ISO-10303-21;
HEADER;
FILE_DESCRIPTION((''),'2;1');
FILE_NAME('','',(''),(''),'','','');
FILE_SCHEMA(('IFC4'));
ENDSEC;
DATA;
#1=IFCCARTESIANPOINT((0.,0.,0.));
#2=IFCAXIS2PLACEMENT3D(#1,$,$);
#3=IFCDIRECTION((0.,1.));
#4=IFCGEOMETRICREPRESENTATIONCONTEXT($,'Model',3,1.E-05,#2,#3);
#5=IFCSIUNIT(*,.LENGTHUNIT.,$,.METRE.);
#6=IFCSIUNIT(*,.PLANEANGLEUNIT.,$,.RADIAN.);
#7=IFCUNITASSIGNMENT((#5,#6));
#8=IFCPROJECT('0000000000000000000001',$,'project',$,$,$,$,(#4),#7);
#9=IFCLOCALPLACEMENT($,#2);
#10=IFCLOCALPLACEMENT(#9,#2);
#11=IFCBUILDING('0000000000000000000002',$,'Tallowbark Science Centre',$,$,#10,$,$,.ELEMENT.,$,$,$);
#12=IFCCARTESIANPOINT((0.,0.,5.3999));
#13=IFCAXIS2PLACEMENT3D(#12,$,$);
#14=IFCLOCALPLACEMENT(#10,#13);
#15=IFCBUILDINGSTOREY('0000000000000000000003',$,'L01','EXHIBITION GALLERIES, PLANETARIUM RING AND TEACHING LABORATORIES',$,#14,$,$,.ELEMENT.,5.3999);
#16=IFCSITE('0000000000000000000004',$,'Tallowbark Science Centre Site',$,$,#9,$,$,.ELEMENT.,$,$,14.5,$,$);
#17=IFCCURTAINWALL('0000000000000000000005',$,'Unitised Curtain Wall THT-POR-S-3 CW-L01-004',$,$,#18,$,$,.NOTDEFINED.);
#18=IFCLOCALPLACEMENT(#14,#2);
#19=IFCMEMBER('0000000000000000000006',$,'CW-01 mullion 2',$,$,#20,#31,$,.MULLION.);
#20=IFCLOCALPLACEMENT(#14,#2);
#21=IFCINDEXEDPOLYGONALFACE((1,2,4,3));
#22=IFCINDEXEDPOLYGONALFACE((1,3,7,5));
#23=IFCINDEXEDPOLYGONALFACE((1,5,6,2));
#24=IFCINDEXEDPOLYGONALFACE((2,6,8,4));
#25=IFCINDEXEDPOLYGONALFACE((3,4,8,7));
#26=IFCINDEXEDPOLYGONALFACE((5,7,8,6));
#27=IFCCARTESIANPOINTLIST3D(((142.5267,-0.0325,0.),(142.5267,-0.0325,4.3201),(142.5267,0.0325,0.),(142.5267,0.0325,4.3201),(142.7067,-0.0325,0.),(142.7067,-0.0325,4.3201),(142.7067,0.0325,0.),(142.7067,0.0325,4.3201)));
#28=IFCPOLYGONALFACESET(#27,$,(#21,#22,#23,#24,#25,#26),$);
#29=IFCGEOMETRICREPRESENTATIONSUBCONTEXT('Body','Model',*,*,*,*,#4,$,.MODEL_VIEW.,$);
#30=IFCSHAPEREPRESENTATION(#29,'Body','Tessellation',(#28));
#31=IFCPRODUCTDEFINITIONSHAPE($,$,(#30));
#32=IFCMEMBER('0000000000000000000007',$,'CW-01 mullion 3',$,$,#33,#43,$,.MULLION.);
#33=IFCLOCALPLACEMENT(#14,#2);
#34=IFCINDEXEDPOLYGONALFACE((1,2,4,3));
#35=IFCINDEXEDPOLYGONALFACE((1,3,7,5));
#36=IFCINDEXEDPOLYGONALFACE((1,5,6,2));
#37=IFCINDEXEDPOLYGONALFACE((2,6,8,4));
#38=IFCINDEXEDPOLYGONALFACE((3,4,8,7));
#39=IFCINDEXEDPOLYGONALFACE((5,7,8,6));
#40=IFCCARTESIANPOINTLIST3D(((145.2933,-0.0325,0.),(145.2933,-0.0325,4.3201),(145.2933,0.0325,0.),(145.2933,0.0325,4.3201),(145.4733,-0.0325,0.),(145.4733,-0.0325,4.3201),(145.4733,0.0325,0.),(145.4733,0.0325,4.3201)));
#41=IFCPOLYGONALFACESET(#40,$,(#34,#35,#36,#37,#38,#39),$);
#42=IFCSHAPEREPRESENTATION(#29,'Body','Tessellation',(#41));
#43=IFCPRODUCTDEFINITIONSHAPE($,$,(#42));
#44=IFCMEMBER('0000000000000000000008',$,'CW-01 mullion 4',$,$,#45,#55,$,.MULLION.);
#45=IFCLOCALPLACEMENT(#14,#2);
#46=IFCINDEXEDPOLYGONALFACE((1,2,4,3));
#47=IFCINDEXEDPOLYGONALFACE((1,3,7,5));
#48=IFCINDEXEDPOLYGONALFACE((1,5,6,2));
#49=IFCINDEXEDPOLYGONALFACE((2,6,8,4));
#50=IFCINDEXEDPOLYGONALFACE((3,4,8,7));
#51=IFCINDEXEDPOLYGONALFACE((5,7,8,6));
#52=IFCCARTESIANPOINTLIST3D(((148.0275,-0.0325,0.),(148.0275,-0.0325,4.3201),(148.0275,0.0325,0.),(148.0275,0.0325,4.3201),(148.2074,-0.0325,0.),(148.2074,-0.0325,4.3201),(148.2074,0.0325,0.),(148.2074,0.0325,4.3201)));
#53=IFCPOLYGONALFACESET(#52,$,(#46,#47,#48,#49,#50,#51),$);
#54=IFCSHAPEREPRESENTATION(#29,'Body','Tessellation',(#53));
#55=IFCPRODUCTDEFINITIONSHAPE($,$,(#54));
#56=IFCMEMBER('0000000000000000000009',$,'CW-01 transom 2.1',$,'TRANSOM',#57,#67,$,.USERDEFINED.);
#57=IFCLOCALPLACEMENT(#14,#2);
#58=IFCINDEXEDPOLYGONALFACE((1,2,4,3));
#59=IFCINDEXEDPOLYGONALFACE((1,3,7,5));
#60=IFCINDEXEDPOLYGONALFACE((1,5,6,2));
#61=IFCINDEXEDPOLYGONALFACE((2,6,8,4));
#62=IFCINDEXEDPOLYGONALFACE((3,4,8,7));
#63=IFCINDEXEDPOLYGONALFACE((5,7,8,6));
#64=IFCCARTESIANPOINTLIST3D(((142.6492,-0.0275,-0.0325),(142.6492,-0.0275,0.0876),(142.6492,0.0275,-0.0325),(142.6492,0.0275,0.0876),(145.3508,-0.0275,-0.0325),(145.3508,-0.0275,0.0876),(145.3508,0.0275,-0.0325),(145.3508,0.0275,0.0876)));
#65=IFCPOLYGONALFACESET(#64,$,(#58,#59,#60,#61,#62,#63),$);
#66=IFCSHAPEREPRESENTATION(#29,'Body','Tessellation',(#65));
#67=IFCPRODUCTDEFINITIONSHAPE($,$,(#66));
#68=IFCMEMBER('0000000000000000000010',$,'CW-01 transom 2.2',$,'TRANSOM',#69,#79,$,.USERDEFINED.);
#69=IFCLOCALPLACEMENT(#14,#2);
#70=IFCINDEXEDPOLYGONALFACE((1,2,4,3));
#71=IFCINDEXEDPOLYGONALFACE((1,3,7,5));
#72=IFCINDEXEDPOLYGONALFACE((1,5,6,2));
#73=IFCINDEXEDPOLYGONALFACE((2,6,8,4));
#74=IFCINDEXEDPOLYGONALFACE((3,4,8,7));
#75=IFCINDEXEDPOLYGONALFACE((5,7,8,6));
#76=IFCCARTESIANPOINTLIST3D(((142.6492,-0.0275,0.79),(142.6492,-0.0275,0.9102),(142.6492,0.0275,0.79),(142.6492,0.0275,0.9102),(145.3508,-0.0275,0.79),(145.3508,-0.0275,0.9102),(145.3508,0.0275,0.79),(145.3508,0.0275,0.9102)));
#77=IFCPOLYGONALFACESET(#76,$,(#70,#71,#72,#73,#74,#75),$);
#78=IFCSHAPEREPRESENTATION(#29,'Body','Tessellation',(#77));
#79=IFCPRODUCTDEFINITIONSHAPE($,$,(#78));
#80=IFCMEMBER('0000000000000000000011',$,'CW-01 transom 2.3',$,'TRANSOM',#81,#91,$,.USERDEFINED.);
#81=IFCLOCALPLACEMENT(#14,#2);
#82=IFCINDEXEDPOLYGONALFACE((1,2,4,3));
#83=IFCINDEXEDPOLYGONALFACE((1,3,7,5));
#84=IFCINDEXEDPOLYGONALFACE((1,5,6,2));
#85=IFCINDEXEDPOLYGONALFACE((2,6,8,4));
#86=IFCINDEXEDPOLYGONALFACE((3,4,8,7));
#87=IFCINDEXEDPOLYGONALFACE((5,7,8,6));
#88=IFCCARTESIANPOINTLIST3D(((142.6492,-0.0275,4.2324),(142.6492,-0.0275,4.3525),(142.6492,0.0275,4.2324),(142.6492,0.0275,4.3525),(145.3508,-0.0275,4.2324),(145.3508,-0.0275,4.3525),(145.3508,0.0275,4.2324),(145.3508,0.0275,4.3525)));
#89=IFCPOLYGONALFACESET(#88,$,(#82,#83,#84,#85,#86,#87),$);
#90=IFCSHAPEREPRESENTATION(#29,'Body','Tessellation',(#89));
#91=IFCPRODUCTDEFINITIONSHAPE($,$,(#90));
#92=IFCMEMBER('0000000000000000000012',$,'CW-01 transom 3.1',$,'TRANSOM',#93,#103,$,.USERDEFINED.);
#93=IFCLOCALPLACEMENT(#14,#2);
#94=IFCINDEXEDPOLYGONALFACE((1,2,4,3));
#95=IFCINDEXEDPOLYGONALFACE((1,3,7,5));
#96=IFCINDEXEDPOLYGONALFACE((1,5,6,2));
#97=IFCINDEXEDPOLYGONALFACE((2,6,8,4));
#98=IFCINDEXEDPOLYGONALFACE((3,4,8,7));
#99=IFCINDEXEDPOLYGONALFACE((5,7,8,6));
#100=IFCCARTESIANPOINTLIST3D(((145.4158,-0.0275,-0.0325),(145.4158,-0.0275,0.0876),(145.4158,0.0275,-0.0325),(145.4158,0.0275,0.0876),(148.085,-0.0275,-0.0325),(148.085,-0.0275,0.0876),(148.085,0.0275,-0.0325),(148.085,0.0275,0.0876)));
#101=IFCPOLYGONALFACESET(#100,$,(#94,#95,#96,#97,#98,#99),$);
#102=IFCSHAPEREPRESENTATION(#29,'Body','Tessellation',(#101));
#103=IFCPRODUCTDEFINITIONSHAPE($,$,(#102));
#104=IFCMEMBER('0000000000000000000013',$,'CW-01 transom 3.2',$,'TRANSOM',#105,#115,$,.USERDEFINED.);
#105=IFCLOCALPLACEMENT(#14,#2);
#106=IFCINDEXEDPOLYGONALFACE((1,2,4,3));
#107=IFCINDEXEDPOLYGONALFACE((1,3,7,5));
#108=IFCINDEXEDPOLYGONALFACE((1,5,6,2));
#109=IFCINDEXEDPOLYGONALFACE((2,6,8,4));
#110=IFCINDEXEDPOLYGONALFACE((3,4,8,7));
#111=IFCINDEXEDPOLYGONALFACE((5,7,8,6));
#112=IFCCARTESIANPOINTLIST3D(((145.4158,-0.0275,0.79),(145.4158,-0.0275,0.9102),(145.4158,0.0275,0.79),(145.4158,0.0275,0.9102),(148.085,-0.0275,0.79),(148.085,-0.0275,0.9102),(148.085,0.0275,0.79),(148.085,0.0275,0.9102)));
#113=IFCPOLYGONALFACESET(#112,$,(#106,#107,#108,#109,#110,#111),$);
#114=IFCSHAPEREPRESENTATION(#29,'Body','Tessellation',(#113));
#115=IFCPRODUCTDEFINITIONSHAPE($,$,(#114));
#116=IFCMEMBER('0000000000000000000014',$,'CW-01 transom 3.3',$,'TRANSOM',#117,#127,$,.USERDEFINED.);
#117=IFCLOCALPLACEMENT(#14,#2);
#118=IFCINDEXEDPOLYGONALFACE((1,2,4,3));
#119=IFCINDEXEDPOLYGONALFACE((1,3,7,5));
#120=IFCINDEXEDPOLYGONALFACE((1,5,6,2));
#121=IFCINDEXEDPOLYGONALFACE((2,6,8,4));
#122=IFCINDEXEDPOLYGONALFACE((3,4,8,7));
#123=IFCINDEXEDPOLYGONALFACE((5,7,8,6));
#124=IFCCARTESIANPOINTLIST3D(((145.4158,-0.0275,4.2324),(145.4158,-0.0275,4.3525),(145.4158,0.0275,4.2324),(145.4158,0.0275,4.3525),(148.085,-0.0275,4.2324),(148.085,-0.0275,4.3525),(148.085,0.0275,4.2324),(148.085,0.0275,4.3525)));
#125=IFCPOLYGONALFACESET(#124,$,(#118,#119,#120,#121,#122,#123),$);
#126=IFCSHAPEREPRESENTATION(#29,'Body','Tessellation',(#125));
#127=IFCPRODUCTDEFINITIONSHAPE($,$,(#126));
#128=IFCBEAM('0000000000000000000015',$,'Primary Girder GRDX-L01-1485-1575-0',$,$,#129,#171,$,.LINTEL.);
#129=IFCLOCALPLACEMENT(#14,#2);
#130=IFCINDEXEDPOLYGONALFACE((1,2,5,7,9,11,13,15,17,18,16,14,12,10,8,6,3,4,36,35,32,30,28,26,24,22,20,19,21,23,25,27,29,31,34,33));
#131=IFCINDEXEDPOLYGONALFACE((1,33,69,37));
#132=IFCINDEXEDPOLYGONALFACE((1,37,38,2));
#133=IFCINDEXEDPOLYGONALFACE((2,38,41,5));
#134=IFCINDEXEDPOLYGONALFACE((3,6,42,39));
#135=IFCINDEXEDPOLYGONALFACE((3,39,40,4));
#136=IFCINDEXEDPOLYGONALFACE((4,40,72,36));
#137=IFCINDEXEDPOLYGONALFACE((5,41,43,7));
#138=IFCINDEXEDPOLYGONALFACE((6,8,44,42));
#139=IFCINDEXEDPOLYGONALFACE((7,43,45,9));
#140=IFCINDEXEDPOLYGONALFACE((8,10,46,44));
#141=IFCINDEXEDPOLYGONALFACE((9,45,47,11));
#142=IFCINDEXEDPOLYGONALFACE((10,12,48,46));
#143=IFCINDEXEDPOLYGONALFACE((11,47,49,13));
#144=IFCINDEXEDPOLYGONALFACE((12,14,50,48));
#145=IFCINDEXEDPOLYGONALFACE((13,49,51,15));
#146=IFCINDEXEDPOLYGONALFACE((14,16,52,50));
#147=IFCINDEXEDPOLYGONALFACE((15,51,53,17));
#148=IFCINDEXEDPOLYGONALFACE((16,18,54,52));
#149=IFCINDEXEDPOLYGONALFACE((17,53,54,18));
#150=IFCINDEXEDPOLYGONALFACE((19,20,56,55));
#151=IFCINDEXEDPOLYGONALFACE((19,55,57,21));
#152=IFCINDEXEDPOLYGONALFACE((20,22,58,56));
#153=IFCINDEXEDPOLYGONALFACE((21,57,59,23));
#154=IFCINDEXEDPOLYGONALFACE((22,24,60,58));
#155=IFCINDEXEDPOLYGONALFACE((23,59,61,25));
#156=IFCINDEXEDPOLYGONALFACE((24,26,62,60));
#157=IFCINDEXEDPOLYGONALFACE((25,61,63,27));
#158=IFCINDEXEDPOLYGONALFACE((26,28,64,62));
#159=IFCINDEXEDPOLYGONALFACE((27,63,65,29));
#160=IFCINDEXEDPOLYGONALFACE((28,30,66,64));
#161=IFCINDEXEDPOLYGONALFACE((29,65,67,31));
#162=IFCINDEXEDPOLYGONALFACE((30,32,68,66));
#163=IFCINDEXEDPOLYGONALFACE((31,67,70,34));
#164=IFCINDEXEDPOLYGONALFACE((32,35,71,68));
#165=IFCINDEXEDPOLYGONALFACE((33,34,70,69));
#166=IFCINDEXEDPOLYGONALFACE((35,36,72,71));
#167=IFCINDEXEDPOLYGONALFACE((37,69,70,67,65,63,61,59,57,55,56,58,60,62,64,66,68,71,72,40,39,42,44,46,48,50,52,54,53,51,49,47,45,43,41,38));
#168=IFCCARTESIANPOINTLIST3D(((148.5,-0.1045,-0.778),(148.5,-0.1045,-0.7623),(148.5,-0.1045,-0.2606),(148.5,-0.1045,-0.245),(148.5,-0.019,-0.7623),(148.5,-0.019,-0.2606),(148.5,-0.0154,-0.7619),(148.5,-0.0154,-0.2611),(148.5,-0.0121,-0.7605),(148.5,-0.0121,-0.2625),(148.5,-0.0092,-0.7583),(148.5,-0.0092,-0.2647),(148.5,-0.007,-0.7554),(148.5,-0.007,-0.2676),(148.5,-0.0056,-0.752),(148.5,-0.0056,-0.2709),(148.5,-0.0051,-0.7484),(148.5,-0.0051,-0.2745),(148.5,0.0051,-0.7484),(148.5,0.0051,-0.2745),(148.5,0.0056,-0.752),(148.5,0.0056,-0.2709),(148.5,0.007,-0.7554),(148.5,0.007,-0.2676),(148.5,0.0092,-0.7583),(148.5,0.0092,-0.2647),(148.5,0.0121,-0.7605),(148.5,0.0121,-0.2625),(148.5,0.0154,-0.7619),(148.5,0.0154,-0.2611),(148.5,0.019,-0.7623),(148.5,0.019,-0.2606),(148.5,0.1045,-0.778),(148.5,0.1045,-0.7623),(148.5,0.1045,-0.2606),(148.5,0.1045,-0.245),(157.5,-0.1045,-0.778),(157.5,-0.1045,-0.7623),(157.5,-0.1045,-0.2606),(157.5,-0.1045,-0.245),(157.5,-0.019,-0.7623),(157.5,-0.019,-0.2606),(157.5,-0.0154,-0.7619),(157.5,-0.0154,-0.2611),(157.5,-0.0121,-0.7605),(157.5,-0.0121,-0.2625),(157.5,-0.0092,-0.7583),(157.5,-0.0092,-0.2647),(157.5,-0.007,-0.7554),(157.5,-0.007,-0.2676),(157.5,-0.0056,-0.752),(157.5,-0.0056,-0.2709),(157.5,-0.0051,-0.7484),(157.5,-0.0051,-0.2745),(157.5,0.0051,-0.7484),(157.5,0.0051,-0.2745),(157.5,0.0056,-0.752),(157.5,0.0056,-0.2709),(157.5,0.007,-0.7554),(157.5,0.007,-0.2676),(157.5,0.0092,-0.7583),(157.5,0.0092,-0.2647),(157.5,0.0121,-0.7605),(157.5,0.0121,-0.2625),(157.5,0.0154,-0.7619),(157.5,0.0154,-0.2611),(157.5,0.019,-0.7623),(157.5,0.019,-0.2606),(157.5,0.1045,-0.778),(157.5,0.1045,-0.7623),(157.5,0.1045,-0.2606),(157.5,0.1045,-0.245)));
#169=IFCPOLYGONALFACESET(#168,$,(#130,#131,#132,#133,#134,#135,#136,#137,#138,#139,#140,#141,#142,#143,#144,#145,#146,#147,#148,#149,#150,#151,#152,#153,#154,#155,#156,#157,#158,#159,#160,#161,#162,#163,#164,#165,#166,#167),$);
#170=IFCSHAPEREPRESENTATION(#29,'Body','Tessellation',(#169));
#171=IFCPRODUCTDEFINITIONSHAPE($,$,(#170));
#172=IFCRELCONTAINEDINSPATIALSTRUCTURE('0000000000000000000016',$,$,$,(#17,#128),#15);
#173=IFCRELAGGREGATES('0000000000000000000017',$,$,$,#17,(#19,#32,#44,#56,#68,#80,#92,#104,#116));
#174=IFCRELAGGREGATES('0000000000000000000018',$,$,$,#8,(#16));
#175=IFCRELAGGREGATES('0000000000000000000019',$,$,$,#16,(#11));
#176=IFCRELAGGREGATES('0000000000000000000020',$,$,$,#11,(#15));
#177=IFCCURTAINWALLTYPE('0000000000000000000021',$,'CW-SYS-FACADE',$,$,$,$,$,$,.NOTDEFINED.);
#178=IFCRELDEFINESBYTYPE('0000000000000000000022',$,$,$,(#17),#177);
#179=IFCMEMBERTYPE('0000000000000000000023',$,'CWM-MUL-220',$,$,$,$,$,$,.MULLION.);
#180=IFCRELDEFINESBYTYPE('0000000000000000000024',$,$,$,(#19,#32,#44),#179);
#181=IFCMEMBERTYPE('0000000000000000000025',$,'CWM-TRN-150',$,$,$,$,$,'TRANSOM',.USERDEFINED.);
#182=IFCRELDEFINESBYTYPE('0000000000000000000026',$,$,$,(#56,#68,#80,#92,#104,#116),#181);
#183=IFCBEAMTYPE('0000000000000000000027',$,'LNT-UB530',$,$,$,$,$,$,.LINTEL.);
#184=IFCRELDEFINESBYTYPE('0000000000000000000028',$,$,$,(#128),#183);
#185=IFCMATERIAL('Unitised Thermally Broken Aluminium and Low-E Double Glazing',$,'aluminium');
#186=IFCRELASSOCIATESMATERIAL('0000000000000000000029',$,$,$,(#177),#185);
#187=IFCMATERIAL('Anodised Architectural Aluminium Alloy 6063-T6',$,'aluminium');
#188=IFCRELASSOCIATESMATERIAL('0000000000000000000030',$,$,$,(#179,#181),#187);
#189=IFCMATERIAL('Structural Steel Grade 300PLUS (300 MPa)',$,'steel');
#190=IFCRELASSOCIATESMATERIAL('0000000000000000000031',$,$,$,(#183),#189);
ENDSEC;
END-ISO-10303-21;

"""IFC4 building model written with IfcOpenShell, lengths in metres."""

from ifc_helpers import new_model, si_unit, direction, frame, origin, origin_2d, place, context, subcontext, project, spatial, rectangle, i_section, extrude, material, material_profile, profile_set, type_object, element, aggregate, save


model = new_model("IFC4")

# Units and contexts
model_context = context("Model", 3, precision=1e-05, world=origin(), true_north=direction((0.0, 1.0)))
body_context = subcontext(model_context, "Body", "Model", "MODEL_VIEW")
ifc_project = project(units=[si_unit("LENGTHUNIT", "METRE"), si_unit("PLANEANGLEUNIT", "RADIAN")], contexts=[model_context])

# Site, building, storey
site_placement = place(None, origin())
site = spatial("IfcSite", under=ifc_project, at=site_placement, Name="Tallowbark Science Centre Site", CompositionType="ELEMENT", RefElevation=14.5)
building_placement = place(site_placement, origin())
building = spatial("IfcBuilding", under=site, at=building_placement, Name="Tallowbark Science Centre", CompositionType="ELEMENT")
storey_placement = place(building_placement, frame((0.0, 0.0, 5.3999)))
storey = spatial("IfcBuildingStorey", under=building, at=storey_placement, Name="L01", Description="EXHIBITION GALLERIES, PLANETARIUM RING AND TEACHING LABORATORIES", CompositionType="ELEMENT", Elevation=5.3999)

# Shared definitions
ifc_material_1 = material(Name="Structural Steel Grade 300PLUS (300 MPa)", Category="steel")

# Curtain wall, members
ifc_material_2 = material(Name="Unitised Thermally Broken Aluminium and Low-E Double Glazing", Category="aluminium")
curtain_wall_type = type_object("IfcCurtainWallType", Name="CW-SYS-FACADE", PredefinedType="NOTDEFINED", material=ifc_material_2)
curtain_wall_placement = place(storey_placement, origin())
curtain_wall = element("IfcCurtainWall", 1, at=curtain_wall_placement, inside=storey, type_object=curtain_wall_type, Name="Unitised Curtain Wall THT-POR-S-3 CW-L01-004", PredefinedType="NOTDEFINED")
ifc_material_3 = material(Name="Anodised Architectural Aluminium Alloy 6063-T6", Category="aluminium")
ifc_material_profile_1 = material_profile(ifc_material_3, rectangle(XDim=0.0649, YDim=0.1799, at=origin_2d()), Name="ALU65x180")
ifc_profile_set_1 = profile_set([ifc_material_profile_1], Name="Anodised Architectural Aluminium Alloy 6063-T6")
member_type_1 = type_object("IfcMemberType", Name="CWM-MUL-220", PredefinedType="MULLION", material=ifc_profile_set_1)
member_1_placement = place(storey_placement, frame((142.6167, 0.0, 0.0), z_axis=(0.0, 0.0, 1.0), x_axis=(0.0, 1.0, 0.0)))
member_1 = element("IfcMember", 2, at=member_1_placement, type_object=member_type_1, Name="CW-01 mullion 2", PredefinedType="MULLION", context=body_context, shape_type="SweptSolid", body=[
    extrude(rectangle(XDim=0.0649, YDim=0.1799, at=origin_2d()), origin(), (0.0, 0.0, 1.0), 4.3201),
])
member_2_placement = place(storey_placement, frame((145.3833, 0.0, 0.0), z_axis=(0.0, 0.0, 1.0), x_axis=(0.0, 1.0, 0.0)))
member_2 = element("IfcMember", 3, at=member_2_placement, type_object=member_type_1, Name="CW-01 mullion 3", PredefinedType="MULLION", context=body_context, shape_type="SweptSolid", body=[
    extrude(rectangle(XDim=0.0649, YDim=0.1799, at=origin_2d()), origin(), (0.0, 0.0, 1.0), 4.3201),
])
member_3_placement = place(storey_placement, frame((148.1174, 0.0, 0.0), z_axis=(0.0, 0.0, 1.0), x_axis=(0.0, 1.0, 0.0)))
member_3 = element("IfcMember", 4, at=member_3_placement, type_object=member_type_1, Name="CW-01 mullion 4", PredefinedType="MULLION", context=body_context, shape_type="SweptSolid", body=[
    extrude(rectangle(XDim=0.0649, YDim=0.1799, at=origin_2d()), origin(), (0.0, 0.0, 1.0), 4.3201),
])
ifc_material_profile_2 = material_profile(ifc_material_3, rectangle(XDim=0.0549, YDim=0.1201, at=origin_2d()), Name="ALU55x120")
ifc_profile_set_2 = profile_set([ifc_material_profile_2], Name="Anodised Architectural Aluminium Alloy 6063-T6")
member_type_2 = type_object("IfcMemberType", Name="CWM-TRN-150", ElementType="TRANSOM", PredefinedType="USERDEFINED", material=ifc_profile_set_2)
member_4_placement = place(storey_placement, frame((142.6492, 0.0, 0.0276), z_axis=(1.0, 0.0, 0.0), x_axis=(0.0, 1.0, 0.0)))
member_4 = element("IfcMember", 5, at=member_4_placement, type_object=member_type_2, Name="CW-01 transom 2.1", ObjectType="TRANSOM", PredefinedType="USERDEFINED", context=body_context, shape_type="SweptSolid", body=[
    extrude(rectangle(XDim=0.0549, YDim=0.1201, at=origin_2d()), origin(), (0.0, 0.0, 1.0), 2.7017),
])
member_5_placement = place(storey_placement, frame((142.6492, 0.0, 0.8501), z_axis=(1.0, 0.0, 0.0), x_axis=(0.0, 1.0, 0.0)))
member_5 = element("IfcMember", 6, at=member_5_placement, type_object=member_type_2, Name="CW-01 transom 2.2", ObjectType="TRANSOM", PredefinedType="USERDEFINED", context=body_context, shape_type="SweptSolid", body=[
    extrude(rectangle(XDim=0.0549, YDim=0.1201, at=origin_2d()), origin(), (0.0, 0.0, 1.0), 2.7017),
])
member_6_placement = place(storey_placement, frame((142.6492, 0.0, 4.2925), z_axis=(1.0, 0.0, 0.0), x_axis=(0.0, 1.0, 0.0)))
member_6 = element("IfcMember", 7, at=member_6_placement, type_object=member_type_2, Name="CW-01 transom 2.3", ObjectType="TRANSOM", PredefinedType="USERDEFINED", context=body_context, shape_type="SweptSolid", body=[
    extrude(rectangle(XDim=0.0549, YDim=0.1201, at=origin_2d()), origin(), (0.0, 0.0, 1.0), 2.7017),
])
member_7_placement = place(storey_placement, frame((145.4158, 0.0, 0.0276), z_axis=(1.0, 0.0, 0.0), x_axis=(0.0, 1.0, 0.0)))
member_7 = element("IfcMember", 8, at=member_7_placement, type_object=member_type_2, Name="CW-01 transom 3.1", ObjectType="TRANSOM", PredefinedType="USERDEFINED", context=body_context, shape_type="SweptSolid", body=[
    extrude(rectangle(XDim=0.0549, YDim=0.1201, at=origin_2d()), origin(), (0.0, 0.0, 1.0), 2.6692),
])
member_8_placement = place(storey_placement, frame((145.4158, 0.0, 0.8501), z_axis=(1.0, 0.0, 0.0), x_axis=(0.0, 1.0, 0.0)))
member_8 = element("IfcMember", 9, at=member_8_placement, type_object=member_type_2, Name="CW-01 transom 3.2", ObjectType="TRANSOM", PredefinedType="USERDEFINED", context=body_context, shape_type="SweptSolid", body=[
    extrude(rectangle(XDim=0.0549, YDim=0.1201, at=origin_2d()), origin(), (0.0, 0.0, 1.0), 2.6692),
])
member_9_placement = place(storey_placement, frame((145.4158, 0.0, 4.2925), z_axis=(1.0, 0.0, 0.0), x_axis=(0.0, 1.0, 0.0)))
member_9 = element("IfcMember", 10, at=member_9_placement, type_object=member_type_2, Name="CW-01 transom 3.3", ObjectType="TRANSOM", PredefinedType="USERDEFINED", context=body_context, shape_type="SweptSolid", body=[
    extrude(rectangle(XDim=0.0549, YDim=0.1201, at=origin_2d()), origin(), (0.0, 0.0, 1.0), 2.6692),
])

# Beam
ifc_material_profile_3 = material_profile(ifc_material_1, i_section(OverallWidth=0.209, OverallDepth=0.533, WebThickness=0.0103, FlangeThickness=0.0156, FilletRadius=0.0139, at=origin_2d()), Name="530UB92.4")
ifc_profile_set_3 = profile_set([ifc_material_profile_3], Name="Structural Steel Grade 300PLUS (300 MPa)")
beam_type_1 = type_object("IfcBeamType", Name="LNT-UB530", PredefinedType="LINTEL", material=ifc_profile_set_3)
beam_1_placement = place(storey_placement, frame((148.5, 0.0, -0.5115), z_axis=(1.0, 0.0, 0.0), x_axis=(0.0, 1.0, 0.0)))
element("IfcBeam", 11, at=beam_1_placement, inside=storey, type_object=beam_type_1, Name="Primary Girder GRDX-L01-1485-1575-0", PredefinedType="LINTEL", context=body_context, shape_type="SweptSolid", body=[
    extrude(i_section(OverallWidth=0.209, OverallDepth=0.533, WebThickness=0.0103, FlangeThickness=0.0156, FilletRadius=0.0139, at=origin_2d()), origin(), (0.0, 0.0, 1.0), 9.0),
])

aggregate(curtain_wall, [member_1, member_2, member_3, member_4, member_5, member_6, member_7, member_8, member_9])

save(model, "model.ifc")
